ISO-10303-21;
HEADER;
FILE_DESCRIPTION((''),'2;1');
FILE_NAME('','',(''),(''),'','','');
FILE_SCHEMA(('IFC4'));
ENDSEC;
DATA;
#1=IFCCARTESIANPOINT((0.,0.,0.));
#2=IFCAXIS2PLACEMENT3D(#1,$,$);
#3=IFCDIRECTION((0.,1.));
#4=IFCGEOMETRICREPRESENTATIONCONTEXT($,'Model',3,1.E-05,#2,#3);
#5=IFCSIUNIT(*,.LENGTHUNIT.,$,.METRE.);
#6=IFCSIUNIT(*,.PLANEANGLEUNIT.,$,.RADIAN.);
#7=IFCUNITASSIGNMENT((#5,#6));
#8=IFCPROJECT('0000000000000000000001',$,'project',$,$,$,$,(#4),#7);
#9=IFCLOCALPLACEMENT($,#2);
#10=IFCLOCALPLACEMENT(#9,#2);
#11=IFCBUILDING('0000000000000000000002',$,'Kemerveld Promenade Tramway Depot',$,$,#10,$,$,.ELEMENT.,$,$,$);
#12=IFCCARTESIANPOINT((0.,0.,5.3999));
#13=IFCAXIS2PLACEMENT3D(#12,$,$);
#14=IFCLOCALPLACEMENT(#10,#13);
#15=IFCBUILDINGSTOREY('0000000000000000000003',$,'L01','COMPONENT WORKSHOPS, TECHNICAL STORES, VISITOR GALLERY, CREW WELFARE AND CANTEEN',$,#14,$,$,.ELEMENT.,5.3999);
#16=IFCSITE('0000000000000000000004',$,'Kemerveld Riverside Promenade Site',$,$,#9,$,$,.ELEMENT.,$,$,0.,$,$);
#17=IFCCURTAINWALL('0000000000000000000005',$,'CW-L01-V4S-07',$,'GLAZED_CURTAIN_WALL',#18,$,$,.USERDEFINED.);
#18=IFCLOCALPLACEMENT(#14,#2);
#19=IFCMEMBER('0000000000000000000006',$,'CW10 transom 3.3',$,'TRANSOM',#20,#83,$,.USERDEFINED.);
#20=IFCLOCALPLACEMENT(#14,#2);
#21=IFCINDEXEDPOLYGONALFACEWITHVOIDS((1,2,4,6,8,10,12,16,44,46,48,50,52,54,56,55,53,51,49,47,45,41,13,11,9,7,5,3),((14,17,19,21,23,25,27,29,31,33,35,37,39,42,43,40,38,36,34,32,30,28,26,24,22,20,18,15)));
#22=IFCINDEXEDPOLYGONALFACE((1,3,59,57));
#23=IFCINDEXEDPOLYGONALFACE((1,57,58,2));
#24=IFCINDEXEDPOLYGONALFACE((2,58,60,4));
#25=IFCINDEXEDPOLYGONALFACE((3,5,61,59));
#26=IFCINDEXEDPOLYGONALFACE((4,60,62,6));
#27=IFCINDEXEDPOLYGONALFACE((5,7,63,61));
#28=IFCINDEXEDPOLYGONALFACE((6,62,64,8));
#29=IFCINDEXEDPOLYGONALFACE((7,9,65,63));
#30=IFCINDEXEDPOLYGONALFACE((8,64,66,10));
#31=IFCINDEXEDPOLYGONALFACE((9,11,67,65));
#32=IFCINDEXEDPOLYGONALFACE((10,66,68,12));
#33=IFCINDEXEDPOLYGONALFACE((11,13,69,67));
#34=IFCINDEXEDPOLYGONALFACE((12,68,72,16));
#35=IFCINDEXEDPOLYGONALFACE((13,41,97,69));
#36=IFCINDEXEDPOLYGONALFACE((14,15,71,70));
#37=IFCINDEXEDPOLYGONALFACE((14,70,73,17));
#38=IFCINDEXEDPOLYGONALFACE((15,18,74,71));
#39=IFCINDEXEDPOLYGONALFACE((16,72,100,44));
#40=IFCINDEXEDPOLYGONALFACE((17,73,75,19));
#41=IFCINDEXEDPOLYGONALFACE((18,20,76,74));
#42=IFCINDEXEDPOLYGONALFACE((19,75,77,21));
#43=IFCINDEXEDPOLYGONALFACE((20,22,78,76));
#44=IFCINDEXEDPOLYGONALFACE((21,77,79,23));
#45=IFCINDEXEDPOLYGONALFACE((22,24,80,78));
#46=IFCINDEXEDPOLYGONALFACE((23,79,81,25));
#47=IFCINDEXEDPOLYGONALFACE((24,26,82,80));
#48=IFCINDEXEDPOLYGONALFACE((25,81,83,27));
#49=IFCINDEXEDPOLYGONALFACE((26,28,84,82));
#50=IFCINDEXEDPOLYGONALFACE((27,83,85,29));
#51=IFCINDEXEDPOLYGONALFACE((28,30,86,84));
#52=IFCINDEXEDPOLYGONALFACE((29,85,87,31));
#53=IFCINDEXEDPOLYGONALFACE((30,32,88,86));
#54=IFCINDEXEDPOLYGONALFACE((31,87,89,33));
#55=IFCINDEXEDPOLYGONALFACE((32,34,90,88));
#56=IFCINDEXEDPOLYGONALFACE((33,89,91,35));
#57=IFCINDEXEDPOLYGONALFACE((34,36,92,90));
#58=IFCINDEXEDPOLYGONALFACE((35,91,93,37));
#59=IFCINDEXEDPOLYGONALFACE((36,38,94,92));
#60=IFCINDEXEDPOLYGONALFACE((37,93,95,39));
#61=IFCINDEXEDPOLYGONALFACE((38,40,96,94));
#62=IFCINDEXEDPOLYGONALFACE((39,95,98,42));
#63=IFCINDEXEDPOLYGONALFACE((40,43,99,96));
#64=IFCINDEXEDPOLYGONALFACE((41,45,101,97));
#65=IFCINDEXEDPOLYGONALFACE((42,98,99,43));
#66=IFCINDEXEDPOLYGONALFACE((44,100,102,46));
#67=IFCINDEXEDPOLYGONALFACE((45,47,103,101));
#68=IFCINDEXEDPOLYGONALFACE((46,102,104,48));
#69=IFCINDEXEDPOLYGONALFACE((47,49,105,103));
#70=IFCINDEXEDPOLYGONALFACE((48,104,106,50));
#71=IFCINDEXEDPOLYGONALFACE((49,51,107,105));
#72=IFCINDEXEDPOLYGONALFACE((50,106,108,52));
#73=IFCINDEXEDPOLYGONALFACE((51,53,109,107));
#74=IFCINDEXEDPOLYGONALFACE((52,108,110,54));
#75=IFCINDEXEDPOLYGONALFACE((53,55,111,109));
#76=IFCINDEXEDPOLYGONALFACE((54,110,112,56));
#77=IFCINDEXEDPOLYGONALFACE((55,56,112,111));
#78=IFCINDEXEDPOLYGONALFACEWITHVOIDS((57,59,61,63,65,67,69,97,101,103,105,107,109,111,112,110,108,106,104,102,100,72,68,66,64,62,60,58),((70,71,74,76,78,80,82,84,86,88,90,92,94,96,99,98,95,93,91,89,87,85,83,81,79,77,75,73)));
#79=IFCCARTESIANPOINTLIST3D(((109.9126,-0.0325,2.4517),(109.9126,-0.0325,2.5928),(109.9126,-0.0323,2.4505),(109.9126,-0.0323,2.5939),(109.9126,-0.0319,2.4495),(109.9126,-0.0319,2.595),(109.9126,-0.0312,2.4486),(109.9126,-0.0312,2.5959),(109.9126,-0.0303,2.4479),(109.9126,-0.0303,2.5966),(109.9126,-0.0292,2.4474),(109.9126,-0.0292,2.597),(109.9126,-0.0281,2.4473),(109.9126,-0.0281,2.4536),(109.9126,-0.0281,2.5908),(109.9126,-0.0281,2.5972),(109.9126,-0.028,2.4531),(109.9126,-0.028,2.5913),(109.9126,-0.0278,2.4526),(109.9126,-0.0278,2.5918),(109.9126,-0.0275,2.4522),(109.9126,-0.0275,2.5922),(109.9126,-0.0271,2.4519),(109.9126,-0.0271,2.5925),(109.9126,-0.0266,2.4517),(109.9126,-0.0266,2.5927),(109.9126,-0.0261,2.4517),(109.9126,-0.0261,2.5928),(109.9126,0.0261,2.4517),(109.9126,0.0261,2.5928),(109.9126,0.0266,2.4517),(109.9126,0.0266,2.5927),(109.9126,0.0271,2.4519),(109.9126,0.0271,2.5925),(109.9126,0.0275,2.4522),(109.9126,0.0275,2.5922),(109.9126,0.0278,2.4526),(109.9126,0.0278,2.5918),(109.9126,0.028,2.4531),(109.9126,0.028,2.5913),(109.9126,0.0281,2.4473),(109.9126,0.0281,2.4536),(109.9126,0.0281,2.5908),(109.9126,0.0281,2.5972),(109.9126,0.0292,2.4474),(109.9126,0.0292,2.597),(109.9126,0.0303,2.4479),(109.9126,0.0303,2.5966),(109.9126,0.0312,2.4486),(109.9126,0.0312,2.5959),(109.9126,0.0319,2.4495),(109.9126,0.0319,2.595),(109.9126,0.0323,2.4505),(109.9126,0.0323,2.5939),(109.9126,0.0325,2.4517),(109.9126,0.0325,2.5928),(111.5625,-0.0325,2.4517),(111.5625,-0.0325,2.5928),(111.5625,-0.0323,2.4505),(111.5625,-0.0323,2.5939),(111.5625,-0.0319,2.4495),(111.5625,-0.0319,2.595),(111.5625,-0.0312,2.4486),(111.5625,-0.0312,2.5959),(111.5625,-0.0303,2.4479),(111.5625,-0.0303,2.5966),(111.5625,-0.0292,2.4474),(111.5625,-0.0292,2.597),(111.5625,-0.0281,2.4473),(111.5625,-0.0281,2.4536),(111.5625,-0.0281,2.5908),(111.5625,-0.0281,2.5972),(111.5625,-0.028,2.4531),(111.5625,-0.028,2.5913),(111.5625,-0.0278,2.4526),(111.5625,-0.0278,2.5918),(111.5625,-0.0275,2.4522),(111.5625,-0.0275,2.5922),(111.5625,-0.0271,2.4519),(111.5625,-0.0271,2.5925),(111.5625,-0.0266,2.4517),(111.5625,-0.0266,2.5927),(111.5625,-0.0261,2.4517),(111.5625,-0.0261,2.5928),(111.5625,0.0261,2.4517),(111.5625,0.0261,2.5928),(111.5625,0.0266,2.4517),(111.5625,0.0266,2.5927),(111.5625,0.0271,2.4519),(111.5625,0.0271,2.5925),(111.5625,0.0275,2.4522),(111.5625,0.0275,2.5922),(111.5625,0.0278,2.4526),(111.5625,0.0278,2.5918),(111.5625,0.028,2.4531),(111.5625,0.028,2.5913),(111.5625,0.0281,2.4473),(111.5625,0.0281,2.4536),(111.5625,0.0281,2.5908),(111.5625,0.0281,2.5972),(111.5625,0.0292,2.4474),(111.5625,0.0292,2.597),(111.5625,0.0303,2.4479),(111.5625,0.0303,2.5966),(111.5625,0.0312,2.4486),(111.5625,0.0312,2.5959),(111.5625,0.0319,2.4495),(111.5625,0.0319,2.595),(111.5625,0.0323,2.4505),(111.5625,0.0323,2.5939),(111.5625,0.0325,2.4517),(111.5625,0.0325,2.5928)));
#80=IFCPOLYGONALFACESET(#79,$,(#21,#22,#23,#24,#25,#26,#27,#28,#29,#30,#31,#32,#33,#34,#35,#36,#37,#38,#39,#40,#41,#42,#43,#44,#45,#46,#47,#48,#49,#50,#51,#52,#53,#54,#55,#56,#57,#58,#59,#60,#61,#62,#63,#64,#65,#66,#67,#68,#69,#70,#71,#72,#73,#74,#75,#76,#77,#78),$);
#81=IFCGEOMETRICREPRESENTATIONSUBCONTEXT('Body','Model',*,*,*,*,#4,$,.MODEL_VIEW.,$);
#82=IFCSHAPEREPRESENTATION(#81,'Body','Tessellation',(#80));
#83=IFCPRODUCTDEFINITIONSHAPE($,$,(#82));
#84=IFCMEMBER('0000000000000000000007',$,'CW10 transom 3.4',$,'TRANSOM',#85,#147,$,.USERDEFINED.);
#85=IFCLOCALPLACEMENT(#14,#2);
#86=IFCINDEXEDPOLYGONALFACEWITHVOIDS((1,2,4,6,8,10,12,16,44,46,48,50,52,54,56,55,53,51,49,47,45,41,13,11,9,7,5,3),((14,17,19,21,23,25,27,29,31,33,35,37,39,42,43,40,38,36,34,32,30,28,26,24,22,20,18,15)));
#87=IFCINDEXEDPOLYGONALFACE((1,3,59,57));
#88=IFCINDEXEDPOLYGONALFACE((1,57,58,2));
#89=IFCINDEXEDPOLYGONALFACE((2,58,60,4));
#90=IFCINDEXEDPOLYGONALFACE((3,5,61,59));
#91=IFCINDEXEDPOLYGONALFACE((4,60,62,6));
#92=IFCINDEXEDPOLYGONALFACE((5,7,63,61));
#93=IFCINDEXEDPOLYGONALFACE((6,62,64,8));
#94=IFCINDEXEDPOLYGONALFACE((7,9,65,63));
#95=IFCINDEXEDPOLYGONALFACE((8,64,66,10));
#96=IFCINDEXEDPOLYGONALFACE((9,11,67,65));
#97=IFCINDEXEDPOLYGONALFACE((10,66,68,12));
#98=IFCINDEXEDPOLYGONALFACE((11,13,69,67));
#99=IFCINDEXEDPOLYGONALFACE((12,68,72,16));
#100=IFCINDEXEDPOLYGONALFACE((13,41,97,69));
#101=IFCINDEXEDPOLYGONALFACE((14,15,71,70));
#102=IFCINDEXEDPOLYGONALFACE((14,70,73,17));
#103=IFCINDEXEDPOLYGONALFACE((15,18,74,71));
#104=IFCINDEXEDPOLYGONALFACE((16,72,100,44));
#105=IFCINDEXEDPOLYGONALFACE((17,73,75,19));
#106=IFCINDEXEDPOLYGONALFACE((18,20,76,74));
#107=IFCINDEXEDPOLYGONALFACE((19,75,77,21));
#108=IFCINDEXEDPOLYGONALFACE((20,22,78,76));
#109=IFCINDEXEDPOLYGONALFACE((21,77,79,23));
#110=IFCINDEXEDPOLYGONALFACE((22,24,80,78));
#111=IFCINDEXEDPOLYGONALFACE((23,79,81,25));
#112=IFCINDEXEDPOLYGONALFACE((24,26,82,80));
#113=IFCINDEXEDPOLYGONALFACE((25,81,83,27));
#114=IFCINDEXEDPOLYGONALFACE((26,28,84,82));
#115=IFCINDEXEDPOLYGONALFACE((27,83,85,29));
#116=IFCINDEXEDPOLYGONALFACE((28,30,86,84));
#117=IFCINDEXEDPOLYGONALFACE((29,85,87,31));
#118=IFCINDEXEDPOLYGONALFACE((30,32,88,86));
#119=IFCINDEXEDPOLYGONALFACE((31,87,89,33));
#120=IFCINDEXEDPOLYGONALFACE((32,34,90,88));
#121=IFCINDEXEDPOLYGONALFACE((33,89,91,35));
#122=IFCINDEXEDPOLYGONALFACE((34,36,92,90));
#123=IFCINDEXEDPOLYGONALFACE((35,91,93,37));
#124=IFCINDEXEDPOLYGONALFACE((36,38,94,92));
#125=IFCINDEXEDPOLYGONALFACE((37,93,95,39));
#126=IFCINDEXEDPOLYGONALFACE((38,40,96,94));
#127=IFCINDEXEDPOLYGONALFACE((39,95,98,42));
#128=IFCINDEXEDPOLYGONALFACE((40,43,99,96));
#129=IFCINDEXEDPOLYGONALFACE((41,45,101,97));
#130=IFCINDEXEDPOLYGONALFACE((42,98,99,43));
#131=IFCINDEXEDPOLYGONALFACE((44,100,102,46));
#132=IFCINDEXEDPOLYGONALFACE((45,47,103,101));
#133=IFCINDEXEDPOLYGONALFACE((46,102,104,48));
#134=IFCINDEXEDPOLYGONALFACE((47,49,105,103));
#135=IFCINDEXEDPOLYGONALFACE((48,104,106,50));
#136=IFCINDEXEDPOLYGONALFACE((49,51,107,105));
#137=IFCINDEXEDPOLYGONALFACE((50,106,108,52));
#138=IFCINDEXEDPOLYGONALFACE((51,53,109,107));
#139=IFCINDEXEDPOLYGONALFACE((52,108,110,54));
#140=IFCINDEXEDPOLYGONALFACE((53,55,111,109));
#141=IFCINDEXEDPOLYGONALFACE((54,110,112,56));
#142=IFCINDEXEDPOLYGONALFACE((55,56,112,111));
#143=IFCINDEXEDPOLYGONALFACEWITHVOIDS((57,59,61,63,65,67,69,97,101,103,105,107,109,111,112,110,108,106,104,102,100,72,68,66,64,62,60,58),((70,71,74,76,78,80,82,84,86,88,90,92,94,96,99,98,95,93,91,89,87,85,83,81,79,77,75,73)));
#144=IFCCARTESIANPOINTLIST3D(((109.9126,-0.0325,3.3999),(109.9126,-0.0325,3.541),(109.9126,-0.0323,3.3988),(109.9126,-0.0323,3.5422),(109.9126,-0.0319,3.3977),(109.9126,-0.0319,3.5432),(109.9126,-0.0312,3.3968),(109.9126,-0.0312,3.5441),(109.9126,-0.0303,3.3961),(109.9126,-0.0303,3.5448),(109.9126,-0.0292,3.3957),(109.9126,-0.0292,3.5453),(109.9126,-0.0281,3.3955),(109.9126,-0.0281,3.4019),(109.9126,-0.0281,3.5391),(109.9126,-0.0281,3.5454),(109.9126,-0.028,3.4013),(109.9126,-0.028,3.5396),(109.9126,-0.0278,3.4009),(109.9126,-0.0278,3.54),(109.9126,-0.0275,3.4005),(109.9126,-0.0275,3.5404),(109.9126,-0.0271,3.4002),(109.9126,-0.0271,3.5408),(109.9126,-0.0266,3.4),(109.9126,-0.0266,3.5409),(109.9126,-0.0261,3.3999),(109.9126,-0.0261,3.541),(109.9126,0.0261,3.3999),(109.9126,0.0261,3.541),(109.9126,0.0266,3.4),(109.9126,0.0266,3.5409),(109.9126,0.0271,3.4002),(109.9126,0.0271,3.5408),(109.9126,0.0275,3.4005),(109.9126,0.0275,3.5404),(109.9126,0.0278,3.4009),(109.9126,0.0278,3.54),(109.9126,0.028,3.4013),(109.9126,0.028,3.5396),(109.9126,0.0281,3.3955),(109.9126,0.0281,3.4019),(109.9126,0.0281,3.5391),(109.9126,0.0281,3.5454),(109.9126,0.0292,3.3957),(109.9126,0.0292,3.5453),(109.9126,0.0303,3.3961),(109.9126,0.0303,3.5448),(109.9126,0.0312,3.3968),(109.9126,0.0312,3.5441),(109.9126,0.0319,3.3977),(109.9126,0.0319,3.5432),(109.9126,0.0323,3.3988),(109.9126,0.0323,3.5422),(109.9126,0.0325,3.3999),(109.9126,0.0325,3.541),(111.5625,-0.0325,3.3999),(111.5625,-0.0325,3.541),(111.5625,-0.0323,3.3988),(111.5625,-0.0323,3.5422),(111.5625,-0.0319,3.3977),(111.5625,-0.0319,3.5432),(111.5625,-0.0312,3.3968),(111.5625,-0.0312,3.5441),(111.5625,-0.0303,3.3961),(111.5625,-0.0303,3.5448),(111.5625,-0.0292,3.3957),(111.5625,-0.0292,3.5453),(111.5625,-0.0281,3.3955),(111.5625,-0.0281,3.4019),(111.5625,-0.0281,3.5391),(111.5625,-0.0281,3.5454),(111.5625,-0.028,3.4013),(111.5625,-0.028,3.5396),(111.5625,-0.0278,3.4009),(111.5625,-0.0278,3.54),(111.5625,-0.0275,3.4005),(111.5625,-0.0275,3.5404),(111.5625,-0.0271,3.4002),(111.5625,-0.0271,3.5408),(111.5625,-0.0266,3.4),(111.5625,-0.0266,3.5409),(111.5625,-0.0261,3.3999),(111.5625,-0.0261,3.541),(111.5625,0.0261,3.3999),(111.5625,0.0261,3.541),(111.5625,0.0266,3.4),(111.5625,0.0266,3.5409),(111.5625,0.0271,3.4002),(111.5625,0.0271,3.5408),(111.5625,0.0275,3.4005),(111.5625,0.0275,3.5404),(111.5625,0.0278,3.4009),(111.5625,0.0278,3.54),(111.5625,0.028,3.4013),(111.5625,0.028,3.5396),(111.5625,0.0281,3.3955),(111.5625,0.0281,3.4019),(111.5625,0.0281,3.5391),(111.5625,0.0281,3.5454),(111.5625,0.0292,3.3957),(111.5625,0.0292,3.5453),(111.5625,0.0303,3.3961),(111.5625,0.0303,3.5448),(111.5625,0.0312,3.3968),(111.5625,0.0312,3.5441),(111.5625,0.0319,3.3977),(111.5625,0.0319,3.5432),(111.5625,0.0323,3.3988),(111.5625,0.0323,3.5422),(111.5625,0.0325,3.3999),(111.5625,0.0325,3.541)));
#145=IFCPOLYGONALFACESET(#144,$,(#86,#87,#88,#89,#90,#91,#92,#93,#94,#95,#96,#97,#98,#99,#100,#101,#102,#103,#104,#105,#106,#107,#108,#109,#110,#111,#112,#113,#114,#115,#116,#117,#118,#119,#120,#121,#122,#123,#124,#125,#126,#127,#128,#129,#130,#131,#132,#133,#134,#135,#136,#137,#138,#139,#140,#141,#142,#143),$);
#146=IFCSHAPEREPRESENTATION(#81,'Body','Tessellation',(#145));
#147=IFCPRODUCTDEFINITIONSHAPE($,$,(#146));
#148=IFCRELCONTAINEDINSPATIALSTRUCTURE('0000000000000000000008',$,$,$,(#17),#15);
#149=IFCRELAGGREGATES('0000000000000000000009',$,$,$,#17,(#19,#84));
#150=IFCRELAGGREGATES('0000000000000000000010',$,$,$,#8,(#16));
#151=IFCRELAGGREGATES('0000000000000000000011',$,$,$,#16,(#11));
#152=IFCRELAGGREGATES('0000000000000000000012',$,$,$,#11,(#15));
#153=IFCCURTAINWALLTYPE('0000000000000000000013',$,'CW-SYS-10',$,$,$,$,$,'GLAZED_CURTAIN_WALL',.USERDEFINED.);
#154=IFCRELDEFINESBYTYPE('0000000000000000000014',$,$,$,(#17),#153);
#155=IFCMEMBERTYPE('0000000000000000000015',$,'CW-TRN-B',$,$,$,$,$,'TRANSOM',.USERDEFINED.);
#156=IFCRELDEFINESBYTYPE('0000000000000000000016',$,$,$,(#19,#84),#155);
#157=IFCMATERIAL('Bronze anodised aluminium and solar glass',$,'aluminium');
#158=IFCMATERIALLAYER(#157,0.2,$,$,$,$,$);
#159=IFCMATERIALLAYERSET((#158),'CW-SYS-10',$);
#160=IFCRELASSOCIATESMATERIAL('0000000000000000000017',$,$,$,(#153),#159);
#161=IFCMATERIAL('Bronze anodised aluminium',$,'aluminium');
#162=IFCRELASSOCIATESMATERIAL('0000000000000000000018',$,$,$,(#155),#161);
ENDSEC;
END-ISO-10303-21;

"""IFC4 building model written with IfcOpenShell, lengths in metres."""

from ifc_helpers import new_model, si_unit, direction, frame, origin, origin_2d, place, context, subcontext, project, spatial, hollow_rectangle, extrude, material, layer, layer_set, material_profile, profile_set, type_object, element, aggregate, save


model = new_model("IFC4")

# Units and contexts
model_context = context("Model", 3, precision=1e-05, world=origin(), true_north=direction((0.0, 1.0)))
body_context = subcontext(model_context, "Body", "Model", "MODEL_VIEW")
ifc_project = project(units=[si_unit("LENGTHUNIT", "METRE"), si_unit("PLANEANGLEUNIT", "RADIAN")], contexts=[model_context])

# Site, building, storey
site_placement = place(None, origin())
site = spatial("IfcSite", under=ifc_project, at=site_placement, Name="Kemerveld Riverside Promenade Site", CompositionType="ELEMENT", RefElevation=0.0)
building_placement = place(site_placement, origin())
building = spatial("IfcBuilding", under=site, at=building_placement, Name="Kemerveld Promenade Tramway Depot", CompositionType="ELEMENT")
storey_placement = place(building_placement, frame((0.0, 0.0, 5.3999)))
storey = spatial("IfcBuildingStorey", under=building, at=storey_placement, Name="L01", Description="COMPONENT WORKSHOPS, TECHNICAL STORES, VISITOR GALLERY, CREW WELFARE AND CANTEEN", CompositionType="ELEMENT", Elevation=5.3999)

# Curtain wall, members
ifc_material_1 = material(Name="Bronze anodised aluminium and solar glass", Category="aluminium")
ifc_layer_1 = layer(ifc_material_1, 0.2)
ifc_layer_set_1 = layer_set([ifc_layer_1], Name="CW-SYS-10")
curtain_wall_type = type_object("IfcCurtainWallType", Name="CW-SYS-10", ElementType="GLAZED_CURTAIN_WALL", PredefinedType="USERDEFINED", material=ifc_layer_set_1)
curtain_wall_placement = place(storey_placement, origin())
curtain_wall = element("IfcCurtainWall", 1, at=curtain_wall_placement, inside=storey, type_object=curtain_wall_type, Name="CW-L01-V4S-07", ObjectType="GLAZED_CURTAIN_WALL", PredefinedType="USERDEFINED")
ifc_material_2 = material(Name="Bronze anodised aluminium", Category="aluminium")
ifc_material_profile_1 = material_profile(ifc_material_2, hollow_rectangle(XDim=0.0649, YDim=0.1499, WallThickness=0.0044, InnerFilletRadius=0.002, OuterFilletRadius=0.0044, at=origin_2d()), Name="CW-TRN-150x65")
ifc_profile_set_1 = profile_set([ifc_material_profile_1], Name="Bronze anodised aluminium")
member_type_1 = type_object("IfcMemberType", Name="CW-TRN-B", ElementType="TRANSOM", PredefinedType="USERDEFINED", material=ifc_profile_set_1)
member_1_placement = place(storey_placement, frame((111.5625, 0.0, 2.5222), z_axis=(-1.0, 0.0, 0.0), x_axis=(0.0, -1.0, 0.0)))
member_1 = element("IfcMember", 2, at=member_1_placement, type_object=member_type_1, Name="CW10 transom 3.3", ObjectType="TRANSOM", PredefinedType="USERDEFINED", context=body_context, shape_type="SweptSolid", body=[
    extrude(hollow_rectangle(XDim=0.0649, YDim=0.1499, WallThickness=0.0044, InnerFilletRadius=0.002, OuterFilletRadius=0.0044, at=origin_2d()), origin(), (0.0, 0.0, 1.0), 1.6499),
])
member_2_placement = place(storey_placement, frame((111.5625, 0.0, 3.4705), z_axis=(-1.0, 0.0, 0.0), x_axis=(0.0, -1.0, 0.0)))
member_2 = element("IfcMember", 3, at=member_2_placement, type_object=member_type_1, Name="CW10 transom 3.4", ObjectType="TRANSOM", PredefinedType="USERDEFINED", context=body_context, shape_type="SweptSolid", body=[
    extrude(hollow_rectangle(XDim=0.0649, YDim=0.1499, WallThickness=0.0044, InnerFilletRadius=0.002, OuterFilletRadius=0.0044, at=origin_2d()), origin(), (0.0, 0.0, 1.0), 1.6499),
])
aggregate(curtain_wall, [member_1, member_2])

save(model, "model.ifc")
